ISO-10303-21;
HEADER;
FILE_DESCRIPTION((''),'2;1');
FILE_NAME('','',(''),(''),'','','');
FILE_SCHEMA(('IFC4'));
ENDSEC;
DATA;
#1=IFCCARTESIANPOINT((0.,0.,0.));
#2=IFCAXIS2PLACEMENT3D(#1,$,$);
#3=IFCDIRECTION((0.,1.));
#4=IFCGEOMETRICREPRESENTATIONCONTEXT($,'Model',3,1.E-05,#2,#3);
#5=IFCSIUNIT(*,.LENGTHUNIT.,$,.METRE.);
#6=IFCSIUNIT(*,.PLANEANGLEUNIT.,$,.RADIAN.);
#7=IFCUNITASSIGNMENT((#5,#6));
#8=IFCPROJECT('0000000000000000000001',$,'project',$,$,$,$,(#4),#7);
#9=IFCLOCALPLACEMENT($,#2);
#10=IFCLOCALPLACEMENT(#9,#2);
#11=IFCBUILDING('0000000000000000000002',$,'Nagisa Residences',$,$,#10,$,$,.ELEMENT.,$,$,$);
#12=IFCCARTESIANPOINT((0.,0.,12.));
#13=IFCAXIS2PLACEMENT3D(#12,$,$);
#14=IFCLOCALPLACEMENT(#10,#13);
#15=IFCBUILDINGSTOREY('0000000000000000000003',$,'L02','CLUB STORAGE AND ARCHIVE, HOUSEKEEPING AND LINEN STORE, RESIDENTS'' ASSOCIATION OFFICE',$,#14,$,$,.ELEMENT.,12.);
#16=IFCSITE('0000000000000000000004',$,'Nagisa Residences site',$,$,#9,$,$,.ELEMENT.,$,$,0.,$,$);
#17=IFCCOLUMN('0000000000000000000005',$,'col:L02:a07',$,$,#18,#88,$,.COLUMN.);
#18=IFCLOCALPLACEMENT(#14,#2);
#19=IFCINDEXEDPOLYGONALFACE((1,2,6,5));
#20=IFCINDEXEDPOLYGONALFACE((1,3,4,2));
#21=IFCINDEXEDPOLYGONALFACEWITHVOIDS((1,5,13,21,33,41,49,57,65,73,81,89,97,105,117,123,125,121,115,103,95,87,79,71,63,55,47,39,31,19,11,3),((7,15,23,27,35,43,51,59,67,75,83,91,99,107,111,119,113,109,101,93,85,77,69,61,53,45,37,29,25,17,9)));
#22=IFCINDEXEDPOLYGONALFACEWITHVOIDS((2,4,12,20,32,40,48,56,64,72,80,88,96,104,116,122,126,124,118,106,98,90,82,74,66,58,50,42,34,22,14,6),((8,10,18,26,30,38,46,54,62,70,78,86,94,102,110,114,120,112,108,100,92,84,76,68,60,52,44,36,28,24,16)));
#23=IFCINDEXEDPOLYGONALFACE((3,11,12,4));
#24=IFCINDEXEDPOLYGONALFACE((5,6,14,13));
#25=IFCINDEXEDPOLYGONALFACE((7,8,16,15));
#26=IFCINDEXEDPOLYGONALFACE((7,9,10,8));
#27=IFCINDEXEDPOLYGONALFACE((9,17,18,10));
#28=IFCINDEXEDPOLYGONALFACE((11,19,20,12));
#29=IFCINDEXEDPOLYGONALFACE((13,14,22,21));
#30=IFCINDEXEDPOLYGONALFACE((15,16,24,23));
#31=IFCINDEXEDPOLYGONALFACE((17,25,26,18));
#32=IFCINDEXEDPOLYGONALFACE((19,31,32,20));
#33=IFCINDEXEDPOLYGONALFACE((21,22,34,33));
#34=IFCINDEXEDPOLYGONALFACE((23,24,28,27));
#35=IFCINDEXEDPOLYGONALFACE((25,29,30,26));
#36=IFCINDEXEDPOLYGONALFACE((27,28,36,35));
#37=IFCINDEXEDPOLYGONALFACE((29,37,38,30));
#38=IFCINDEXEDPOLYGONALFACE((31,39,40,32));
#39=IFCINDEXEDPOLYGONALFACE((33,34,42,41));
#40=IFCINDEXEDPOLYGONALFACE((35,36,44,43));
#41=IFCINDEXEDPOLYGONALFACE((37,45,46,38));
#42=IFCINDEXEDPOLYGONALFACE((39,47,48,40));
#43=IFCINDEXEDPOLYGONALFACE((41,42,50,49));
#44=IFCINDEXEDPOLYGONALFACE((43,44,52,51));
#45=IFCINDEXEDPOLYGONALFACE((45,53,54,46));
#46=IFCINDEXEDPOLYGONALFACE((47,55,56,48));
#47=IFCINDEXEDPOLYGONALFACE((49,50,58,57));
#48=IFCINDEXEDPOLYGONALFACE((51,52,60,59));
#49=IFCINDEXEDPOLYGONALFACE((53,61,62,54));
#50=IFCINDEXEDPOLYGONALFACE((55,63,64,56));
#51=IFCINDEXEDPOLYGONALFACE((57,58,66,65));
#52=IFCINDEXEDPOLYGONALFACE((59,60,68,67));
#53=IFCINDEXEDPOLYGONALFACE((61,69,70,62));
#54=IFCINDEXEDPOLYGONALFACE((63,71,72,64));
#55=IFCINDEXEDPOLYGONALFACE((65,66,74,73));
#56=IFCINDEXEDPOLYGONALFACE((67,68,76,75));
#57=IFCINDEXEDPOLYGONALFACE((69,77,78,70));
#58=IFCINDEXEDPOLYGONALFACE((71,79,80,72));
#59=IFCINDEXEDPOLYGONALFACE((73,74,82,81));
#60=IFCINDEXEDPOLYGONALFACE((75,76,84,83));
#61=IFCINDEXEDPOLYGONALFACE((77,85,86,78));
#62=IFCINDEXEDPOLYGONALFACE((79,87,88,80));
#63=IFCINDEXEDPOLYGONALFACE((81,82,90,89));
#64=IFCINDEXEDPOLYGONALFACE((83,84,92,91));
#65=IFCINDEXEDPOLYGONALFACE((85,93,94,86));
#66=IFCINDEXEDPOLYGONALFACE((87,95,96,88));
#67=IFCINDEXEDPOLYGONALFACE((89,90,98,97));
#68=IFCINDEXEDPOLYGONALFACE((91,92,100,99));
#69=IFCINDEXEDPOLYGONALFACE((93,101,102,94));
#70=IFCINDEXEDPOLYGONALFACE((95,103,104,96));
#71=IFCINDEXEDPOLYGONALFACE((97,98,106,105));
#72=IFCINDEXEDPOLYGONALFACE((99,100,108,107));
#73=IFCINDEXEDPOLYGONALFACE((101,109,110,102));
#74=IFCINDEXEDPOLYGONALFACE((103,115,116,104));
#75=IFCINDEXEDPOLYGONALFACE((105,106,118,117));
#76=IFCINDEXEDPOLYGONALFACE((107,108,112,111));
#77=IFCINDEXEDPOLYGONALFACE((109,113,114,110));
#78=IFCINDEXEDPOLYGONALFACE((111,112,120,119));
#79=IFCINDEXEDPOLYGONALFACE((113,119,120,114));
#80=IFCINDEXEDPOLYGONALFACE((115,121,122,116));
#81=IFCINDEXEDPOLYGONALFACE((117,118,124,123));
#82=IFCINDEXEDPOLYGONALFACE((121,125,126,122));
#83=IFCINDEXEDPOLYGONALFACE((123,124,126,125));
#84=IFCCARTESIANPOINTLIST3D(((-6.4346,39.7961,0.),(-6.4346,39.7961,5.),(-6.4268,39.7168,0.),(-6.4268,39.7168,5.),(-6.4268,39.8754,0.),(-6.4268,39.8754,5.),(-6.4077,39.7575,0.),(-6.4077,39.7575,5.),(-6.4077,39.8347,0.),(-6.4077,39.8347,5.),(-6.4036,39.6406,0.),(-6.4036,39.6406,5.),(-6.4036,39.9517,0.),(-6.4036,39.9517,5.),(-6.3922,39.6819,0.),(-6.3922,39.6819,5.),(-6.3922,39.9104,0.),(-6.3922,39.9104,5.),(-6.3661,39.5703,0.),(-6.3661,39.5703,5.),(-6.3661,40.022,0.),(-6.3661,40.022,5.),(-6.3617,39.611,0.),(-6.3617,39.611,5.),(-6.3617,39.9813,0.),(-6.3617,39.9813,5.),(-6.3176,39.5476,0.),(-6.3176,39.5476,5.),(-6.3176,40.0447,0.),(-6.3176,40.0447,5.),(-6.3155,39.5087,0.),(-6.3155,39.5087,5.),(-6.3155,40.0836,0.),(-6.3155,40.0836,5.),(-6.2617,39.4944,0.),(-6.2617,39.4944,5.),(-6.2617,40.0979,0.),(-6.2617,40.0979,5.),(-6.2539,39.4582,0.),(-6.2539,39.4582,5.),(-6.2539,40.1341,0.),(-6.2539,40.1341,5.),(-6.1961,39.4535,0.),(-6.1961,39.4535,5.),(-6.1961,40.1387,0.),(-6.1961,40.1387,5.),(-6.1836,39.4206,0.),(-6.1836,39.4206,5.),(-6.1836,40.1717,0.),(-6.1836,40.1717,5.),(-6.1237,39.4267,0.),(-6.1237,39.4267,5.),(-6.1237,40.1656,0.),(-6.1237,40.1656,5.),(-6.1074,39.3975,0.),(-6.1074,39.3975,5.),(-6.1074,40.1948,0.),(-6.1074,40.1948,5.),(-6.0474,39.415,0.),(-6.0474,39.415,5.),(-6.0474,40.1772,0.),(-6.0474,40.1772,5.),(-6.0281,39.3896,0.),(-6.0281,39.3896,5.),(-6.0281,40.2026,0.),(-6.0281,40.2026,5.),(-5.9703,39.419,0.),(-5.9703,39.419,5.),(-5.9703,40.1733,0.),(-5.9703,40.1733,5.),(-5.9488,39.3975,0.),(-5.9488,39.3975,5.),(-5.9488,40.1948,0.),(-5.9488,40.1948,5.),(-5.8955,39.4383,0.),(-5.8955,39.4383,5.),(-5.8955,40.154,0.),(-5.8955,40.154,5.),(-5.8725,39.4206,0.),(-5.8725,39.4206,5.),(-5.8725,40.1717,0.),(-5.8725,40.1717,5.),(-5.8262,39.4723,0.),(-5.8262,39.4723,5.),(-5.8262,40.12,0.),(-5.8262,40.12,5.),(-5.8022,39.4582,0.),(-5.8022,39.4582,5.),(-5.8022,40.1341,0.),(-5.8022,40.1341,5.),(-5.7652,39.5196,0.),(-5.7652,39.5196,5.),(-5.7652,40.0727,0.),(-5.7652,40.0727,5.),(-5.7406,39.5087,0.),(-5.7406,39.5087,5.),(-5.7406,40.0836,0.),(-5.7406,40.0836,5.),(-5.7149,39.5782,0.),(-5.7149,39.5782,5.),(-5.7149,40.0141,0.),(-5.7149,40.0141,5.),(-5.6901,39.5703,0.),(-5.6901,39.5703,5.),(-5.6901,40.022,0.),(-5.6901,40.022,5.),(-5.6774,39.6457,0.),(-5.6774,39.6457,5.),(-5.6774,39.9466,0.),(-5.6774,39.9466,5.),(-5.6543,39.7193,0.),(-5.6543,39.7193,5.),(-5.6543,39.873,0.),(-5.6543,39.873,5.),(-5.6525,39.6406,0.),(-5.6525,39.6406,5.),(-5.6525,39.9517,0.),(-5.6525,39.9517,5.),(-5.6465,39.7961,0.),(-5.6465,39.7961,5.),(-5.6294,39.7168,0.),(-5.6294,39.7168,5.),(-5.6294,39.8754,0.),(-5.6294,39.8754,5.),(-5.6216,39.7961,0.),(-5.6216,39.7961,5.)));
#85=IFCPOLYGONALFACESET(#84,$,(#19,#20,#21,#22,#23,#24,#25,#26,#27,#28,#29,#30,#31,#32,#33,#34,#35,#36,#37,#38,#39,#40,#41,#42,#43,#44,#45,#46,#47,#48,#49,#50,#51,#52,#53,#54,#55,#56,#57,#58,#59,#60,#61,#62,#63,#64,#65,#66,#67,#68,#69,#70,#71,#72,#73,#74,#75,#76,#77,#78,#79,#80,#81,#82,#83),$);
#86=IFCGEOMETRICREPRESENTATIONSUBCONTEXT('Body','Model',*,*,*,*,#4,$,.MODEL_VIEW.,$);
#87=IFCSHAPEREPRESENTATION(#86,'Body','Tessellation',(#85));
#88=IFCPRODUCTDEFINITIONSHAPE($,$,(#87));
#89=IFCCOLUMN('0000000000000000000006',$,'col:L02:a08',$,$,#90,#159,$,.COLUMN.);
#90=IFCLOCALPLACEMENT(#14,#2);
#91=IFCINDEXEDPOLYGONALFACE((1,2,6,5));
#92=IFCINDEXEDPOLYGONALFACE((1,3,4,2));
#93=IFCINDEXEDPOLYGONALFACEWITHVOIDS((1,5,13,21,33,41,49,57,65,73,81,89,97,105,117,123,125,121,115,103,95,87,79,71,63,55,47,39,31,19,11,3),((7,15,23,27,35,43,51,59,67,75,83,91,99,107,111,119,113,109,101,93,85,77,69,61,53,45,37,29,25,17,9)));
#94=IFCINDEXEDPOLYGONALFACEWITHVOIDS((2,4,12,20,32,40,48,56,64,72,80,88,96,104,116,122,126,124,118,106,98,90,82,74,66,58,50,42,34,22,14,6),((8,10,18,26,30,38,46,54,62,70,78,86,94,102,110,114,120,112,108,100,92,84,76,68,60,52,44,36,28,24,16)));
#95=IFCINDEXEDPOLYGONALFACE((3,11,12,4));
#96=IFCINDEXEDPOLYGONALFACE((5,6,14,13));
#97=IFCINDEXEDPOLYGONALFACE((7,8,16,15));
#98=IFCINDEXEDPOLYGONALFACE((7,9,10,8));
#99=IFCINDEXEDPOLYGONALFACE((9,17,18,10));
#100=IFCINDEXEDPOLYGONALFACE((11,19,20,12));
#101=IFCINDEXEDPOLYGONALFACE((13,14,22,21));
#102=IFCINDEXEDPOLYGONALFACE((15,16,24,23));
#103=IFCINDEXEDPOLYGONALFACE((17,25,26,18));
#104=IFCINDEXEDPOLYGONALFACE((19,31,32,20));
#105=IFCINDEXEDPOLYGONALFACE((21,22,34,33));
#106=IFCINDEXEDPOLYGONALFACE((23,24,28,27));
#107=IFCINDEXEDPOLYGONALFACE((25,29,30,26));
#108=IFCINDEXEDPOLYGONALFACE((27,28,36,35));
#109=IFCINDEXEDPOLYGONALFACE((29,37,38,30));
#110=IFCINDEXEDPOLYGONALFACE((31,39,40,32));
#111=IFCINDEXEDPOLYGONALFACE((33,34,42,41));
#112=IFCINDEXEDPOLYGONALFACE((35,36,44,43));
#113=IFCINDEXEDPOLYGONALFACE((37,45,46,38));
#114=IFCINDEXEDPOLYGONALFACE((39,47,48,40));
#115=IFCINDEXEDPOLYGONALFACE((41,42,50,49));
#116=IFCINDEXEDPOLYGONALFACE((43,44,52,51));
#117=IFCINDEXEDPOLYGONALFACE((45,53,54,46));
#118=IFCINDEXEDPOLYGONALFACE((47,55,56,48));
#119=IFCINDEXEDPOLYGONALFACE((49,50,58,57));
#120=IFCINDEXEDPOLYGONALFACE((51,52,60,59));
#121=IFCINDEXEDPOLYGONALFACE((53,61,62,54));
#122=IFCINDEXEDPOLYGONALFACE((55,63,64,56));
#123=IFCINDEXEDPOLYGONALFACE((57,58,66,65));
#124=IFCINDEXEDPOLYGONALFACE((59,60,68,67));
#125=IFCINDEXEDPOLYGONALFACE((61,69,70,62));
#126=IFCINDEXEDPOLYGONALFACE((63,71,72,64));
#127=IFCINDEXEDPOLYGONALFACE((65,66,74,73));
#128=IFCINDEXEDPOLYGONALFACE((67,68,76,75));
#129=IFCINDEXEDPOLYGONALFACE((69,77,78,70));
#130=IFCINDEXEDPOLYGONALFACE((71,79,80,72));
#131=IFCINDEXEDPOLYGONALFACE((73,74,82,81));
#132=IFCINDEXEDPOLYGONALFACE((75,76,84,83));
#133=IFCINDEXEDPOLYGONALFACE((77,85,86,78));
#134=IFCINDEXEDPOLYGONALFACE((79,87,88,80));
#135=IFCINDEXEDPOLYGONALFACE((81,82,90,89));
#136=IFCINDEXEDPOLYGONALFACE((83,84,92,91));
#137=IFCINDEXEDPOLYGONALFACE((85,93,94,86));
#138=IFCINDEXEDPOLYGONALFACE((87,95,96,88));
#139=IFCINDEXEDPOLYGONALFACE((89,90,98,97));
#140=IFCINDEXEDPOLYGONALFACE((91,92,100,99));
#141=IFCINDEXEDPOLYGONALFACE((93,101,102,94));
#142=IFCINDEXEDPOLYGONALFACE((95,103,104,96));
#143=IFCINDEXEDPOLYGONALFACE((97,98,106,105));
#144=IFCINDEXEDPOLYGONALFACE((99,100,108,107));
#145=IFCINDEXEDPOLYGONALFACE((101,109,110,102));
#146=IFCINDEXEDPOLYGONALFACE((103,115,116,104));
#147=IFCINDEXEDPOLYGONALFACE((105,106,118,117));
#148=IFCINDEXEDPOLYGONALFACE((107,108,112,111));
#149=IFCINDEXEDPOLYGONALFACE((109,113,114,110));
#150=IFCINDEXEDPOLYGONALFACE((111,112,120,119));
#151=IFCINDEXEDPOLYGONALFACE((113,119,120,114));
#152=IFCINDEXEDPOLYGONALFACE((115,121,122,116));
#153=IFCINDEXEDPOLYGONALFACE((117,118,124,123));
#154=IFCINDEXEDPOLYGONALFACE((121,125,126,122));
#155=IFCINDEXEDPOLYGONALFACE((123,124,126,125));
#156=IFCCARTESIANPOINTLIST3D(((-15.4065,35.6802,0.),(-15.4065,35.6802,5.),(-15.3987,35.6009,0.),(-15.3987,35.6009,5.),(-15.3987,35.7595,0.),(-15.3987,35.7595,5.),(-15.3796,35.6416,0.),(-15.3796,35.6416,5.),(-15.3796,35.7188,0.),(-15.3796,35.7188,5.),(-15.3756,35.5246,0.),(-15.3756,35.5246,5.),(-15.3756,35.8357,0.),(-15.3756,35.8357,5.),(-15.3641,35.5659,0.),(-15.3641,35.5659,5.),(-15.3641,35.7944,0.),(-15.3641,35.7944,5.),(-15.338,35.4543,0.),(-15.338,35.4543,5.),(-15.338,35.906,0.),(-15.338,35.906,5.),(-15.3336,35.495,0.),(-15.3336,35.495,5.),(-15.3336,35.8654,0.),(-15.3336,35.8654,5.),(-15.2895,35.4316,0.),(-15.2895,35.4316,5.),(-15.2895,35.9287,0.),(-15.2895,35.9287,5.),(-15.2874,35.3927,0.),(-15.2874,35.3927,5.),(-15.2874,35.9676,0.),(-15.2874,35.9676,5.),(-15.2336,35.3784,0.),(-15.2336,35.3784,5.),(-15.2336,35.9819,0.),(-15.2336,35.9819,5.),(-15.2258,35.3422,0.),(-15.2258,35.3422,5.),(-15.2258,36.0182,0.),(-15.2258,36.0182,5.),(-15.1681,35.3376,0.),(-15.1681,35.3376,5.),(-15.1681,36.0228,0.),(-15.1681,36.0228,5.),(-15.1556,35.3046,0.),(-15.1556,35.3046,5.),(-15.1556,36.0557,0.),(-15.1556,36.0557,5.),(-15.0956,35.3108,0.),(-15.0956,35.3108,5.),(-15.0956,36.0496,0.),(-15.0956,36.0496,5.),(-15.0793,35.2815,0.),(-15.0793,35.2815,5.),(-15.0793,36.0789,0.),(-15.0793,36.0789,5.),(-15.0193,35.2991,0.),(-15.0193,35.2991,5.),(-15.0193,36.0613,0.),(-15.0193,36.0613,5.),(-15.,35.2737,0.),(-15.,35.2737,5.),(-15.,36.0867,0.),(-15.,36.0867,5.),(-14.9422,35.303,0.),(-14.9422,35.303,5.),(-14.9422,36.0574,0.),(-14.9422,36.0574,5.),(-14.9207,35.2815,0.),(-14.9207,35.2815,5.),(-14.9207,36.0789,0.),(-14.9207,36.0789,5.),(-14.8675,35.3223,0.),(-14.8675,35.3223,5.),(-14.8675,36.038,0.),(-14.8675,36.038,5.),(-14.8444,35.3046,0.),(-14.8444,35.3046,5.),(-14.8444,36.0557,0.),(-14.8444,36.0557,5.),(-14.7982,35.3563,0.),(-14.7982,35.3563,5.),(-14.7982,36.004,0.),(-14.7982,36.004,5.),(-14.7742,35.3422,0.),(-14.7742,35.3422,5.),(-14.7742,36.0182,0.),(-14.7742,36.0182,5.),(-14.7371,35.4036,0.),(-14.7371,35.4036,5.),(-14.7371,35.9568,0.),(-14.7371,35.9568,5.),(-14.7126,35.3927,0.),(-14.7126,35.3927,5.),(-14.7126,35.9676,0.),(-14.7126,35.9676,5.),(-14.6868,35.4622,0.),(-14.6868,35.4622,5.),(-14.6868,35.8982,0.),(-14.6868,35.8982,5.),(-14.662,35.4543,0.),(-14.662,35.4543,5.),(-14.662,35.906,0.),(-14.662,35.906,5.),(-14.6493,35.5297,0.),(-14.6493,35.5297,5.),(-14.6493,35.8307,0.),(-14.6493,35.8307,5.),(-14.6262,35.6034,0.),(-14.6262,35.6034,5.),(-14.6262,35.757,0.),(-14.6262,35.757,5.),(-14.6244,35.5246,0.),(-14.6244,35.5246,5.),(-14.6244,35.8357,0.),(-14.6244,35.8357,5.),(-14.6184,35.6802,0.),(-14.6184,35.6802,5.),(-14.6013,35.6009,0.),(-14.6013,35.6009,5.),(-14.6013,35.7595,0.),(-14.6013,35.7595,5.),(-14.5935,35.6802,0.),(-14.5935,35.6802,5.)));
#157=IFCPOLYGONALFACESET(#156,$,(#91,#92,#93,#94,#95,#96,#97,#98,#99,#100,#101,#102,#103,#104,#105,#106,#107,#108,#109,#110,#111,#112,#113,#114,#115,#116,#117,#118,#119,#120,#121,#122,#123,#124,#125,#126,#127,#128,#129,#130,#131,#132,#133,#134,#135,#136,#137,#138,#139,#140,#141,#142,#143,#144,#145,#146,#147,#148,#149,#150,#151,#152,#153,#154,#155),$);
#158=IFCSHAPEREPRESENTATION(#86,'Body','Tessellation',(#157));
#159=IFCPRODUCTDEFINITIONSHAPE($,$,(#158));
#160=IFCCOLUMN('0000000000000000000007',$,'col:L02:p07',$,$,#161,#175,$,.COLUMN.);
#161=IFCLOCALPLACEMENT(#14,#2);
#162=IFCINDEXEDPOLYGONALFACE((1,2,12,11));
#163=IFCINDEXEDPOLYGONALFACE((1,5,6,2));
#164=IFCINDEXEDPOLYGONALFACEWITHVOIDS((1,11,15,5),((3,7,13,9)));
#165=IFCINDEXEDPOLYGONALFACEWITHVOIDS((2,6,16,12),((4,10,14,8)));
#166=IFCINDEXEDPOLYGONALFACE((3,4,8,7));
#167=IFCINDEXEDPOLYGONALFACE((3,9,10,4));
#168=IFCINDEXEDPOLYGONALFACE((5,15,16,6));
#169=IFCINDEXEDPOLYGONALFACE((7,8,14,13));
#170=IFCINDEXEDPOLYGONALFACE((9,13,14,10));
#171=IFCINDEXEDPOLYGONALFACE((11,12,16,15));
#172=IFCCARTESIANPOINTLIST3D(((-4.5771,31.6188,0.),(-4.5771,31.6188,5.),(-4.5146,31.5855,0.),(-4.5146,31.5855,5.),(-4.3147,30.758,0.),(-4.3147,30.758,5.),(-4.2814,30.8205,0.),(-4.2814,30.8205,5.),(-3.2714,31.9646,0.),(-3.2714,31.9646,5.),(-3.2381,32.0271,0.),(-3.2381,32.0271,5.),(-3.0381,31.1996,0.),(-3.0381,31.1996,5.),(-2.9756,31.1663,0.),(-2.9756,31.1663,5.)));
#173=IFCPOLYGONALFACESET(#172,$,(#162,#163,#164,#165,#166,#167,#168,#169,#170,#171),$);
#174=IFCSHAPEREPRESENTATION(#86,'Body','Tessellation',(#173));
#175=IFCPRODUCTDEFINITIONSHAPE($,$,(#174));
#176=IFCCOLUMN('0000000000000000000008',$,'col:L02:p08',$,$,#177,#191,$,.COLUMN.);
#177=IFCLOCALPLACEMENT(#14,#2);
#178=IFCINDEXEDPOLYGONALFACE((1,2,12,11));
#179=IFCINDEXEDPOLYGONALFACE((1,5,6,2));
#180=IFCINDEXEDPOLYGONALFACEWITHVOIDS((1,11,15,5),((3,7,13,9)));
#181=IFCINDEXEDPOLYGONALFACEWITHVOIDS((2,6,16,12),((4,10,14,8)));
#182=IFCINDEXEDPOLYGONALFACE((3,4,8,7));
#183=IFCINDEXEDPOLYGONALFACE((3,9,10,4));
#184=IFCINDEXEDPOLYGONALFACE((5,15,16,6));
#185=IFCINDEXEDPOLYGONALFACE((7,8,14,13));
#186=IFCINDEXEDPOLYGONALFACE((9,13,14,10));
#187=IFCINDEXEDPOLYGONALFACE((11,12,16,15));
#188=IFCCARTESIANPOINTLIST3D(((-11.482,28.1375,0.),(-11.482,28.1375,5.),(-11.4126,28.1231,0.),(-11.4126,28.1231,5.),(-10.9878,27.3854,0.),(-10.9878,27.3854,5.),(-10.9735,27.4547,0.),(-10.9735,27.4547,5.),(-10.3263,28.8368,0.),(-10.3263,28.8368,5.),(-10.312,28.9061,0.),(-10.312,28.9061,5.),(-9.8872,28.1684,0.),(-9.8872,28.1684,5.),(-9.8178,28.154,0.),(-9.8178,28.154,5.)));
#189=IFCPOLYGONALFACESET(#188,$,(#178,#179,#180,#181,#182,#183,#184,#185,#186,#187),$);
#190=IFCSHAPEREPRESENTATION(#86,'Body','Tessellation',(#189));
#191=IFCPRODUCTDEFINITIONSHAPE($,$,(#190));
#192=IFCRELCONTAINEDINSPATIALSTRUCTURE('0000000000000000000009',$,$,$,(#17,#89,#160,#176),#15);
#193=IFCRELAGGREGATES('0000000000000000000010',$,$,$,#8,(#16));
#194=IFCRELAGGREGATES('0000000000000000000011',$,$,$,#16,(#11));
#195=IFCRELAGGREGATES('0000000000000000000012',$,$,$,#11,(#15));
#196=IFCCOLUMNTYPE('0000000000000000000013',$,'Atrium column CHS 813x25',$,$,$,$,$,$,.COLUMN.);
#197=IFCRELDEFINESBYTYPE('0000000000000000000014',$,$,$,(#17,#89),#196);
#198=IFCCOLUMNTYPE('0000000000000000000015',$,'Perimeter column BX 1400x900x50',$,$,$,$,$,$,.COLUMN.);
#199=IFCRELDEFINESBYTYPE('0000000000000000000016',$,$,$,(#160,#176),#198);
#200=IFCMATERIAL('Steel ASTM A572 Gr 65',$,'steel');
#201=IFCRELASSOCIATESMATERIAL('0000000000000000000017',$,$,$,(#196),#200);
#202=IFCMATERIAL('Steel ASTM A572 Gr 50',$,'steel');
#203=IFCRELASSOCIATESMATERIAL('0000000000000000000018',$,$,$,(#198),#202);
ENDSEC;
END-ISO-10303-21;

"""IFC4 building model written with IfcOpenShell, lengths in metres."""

from ifc_helpers import new_model, si_unit, direction, frame, origin, origin_2d, place, context, subcontext, project, spatial, hollow_rectangle, hollow_circle, extrude, material, material_profile, profile_set, type_object, element, save


model = new_model("IFC4")

# Units and contexts
model_context = context("Model", 3, precision=1e-05, world=origin(), true_north=direction((0.0, 1.0)))
body_context = subcontext(model_context, "Body", "Model", "MODEL_VIEW")
ifc_project = project(units=[si_unit("LENGTHUNIT", "METRE"), si_unit("PLANEANGLEUNIT", "RADIAN")], contexts=[model_context])

# Site, building, storey
site_placement = place(None, origin())
site = spatial("IfcSite", under=ifc_project, at=site_placement, Name="Nagisa Residences site", CompositionType="ELEMENT", RefElevation=0.0)
building_placement = place(site_placement, origin())
building = spatial("IfcBuilding", under=site, at=building_placement, Name="Nagisa Residences", CompositionType="ELEMENT")
storey_placement = place(building_placement, frame((0.0, 0.0, 12.0)))
storey = spatial("IfcBuildingStorey", under=building, at=storey_placement, Name="L02", Description="CLUB STORAGE AND ARCHIVE, HOUSEKEEPING AND LINEN STORE, RESIDENTS' ASSOCIATION OFFICE", CompositionType="ELEMENT", Elevation=12.0)

# Columns
ifc_material_1 = material(Name="Steel ASTM A572 Gr 65", Category="steel")
ifc_material_profile_1 = material_profile(ifc_material_1, hollow_circle(Radius=0.4065, WallThickness=0.0249, at=origin_2d()), Name="CHS 813x25")
ifc_profile_set_1 = profile_set([ifc_material_profile_1], Name="Steel ASTM A572 Gr 65")
column_type_1 = type_object("IfcColumnType", Name="Atrium column CHS 813x25", PredefinedType="COLUMN", material=ifc_profile_set_1)
for number, where, z_axis, x_axis, name in (
    (1, (-6.0281, 39.7961, 0.0), (0.0, 0.0, 1.0), (1.0, 0.0, 0.0), "col:L02:a07"),
    (2, (-15.0, 35.6802, 0.0), (0.0, 0.0, 1.0), (1.0, 0.0, 0.0), "col:L02:a08"),
):
    element("IfcColumn", number, at=place(storey_placement, frame(where, z_axis=z_axis, x_axis=x_axis)), inside=storey, type_object=column_type_1, Name=name, PredefinedType="COLUMN", context=body_context, shape_type="SweptSolid", body=[
        extrude(hollow_circle(Radius=0.4065, WallThickness=0.0249, at=origin_2d()), origin(), (0.0, 0.0, 1.0), 5.0),
    ])
ifc_material_2 = material(Name="Steel ASTM A572 Gr 50", Category="steel")
ifc_material_profile_2 = material_profile(ifc_material_2, hollow_rectangle(XDim=1.3999, YDim=0.8999, WallThickness=0.05, at=origin_2d()), Name="BX 1400x900x50")
ifc_profile_set_2 = profile_set([ifc_material_profile_2], Name="Steel ASTM A572 Gr 50")
column_type_2 = type_object("IfcColumnType", Name="Perimeter column BX 1400x900x50", PredefinedType="COLUMN", material=ifc_profile_set_2)
for number, where, z_axis, x_axis, name in (
    (3, (-3.7764, 31.3926, 0.0), (0.0, 0.0, 1.0), (-0.956525, -0.291652, 0.0), "col:L02:p07"),
    (4, (-10.6499, 28.1458, 0.0), (0.0, 0.0, 1.0), (-0.835766, -0.549086, 0.0), "col:L02:p08"),
):
    element("IfcColumn", number, at=place(storey_placement, frame(where, z_axis=z_axis, x_axis=x_axis)), inside=storey, type_object=column_type_2, Name=name, PredefinedType="COLUMN", context=body_context, shape_type="SweptSolid", body=[
        extrude(hollow_rectangle(XDim=1.3999, YDim=0.8999, WallThickness=0.05, at=origin_2d()), origin(), (0.0, 0.0, 1.0), 5.0),
    ])

save(model, "model.ifc")
